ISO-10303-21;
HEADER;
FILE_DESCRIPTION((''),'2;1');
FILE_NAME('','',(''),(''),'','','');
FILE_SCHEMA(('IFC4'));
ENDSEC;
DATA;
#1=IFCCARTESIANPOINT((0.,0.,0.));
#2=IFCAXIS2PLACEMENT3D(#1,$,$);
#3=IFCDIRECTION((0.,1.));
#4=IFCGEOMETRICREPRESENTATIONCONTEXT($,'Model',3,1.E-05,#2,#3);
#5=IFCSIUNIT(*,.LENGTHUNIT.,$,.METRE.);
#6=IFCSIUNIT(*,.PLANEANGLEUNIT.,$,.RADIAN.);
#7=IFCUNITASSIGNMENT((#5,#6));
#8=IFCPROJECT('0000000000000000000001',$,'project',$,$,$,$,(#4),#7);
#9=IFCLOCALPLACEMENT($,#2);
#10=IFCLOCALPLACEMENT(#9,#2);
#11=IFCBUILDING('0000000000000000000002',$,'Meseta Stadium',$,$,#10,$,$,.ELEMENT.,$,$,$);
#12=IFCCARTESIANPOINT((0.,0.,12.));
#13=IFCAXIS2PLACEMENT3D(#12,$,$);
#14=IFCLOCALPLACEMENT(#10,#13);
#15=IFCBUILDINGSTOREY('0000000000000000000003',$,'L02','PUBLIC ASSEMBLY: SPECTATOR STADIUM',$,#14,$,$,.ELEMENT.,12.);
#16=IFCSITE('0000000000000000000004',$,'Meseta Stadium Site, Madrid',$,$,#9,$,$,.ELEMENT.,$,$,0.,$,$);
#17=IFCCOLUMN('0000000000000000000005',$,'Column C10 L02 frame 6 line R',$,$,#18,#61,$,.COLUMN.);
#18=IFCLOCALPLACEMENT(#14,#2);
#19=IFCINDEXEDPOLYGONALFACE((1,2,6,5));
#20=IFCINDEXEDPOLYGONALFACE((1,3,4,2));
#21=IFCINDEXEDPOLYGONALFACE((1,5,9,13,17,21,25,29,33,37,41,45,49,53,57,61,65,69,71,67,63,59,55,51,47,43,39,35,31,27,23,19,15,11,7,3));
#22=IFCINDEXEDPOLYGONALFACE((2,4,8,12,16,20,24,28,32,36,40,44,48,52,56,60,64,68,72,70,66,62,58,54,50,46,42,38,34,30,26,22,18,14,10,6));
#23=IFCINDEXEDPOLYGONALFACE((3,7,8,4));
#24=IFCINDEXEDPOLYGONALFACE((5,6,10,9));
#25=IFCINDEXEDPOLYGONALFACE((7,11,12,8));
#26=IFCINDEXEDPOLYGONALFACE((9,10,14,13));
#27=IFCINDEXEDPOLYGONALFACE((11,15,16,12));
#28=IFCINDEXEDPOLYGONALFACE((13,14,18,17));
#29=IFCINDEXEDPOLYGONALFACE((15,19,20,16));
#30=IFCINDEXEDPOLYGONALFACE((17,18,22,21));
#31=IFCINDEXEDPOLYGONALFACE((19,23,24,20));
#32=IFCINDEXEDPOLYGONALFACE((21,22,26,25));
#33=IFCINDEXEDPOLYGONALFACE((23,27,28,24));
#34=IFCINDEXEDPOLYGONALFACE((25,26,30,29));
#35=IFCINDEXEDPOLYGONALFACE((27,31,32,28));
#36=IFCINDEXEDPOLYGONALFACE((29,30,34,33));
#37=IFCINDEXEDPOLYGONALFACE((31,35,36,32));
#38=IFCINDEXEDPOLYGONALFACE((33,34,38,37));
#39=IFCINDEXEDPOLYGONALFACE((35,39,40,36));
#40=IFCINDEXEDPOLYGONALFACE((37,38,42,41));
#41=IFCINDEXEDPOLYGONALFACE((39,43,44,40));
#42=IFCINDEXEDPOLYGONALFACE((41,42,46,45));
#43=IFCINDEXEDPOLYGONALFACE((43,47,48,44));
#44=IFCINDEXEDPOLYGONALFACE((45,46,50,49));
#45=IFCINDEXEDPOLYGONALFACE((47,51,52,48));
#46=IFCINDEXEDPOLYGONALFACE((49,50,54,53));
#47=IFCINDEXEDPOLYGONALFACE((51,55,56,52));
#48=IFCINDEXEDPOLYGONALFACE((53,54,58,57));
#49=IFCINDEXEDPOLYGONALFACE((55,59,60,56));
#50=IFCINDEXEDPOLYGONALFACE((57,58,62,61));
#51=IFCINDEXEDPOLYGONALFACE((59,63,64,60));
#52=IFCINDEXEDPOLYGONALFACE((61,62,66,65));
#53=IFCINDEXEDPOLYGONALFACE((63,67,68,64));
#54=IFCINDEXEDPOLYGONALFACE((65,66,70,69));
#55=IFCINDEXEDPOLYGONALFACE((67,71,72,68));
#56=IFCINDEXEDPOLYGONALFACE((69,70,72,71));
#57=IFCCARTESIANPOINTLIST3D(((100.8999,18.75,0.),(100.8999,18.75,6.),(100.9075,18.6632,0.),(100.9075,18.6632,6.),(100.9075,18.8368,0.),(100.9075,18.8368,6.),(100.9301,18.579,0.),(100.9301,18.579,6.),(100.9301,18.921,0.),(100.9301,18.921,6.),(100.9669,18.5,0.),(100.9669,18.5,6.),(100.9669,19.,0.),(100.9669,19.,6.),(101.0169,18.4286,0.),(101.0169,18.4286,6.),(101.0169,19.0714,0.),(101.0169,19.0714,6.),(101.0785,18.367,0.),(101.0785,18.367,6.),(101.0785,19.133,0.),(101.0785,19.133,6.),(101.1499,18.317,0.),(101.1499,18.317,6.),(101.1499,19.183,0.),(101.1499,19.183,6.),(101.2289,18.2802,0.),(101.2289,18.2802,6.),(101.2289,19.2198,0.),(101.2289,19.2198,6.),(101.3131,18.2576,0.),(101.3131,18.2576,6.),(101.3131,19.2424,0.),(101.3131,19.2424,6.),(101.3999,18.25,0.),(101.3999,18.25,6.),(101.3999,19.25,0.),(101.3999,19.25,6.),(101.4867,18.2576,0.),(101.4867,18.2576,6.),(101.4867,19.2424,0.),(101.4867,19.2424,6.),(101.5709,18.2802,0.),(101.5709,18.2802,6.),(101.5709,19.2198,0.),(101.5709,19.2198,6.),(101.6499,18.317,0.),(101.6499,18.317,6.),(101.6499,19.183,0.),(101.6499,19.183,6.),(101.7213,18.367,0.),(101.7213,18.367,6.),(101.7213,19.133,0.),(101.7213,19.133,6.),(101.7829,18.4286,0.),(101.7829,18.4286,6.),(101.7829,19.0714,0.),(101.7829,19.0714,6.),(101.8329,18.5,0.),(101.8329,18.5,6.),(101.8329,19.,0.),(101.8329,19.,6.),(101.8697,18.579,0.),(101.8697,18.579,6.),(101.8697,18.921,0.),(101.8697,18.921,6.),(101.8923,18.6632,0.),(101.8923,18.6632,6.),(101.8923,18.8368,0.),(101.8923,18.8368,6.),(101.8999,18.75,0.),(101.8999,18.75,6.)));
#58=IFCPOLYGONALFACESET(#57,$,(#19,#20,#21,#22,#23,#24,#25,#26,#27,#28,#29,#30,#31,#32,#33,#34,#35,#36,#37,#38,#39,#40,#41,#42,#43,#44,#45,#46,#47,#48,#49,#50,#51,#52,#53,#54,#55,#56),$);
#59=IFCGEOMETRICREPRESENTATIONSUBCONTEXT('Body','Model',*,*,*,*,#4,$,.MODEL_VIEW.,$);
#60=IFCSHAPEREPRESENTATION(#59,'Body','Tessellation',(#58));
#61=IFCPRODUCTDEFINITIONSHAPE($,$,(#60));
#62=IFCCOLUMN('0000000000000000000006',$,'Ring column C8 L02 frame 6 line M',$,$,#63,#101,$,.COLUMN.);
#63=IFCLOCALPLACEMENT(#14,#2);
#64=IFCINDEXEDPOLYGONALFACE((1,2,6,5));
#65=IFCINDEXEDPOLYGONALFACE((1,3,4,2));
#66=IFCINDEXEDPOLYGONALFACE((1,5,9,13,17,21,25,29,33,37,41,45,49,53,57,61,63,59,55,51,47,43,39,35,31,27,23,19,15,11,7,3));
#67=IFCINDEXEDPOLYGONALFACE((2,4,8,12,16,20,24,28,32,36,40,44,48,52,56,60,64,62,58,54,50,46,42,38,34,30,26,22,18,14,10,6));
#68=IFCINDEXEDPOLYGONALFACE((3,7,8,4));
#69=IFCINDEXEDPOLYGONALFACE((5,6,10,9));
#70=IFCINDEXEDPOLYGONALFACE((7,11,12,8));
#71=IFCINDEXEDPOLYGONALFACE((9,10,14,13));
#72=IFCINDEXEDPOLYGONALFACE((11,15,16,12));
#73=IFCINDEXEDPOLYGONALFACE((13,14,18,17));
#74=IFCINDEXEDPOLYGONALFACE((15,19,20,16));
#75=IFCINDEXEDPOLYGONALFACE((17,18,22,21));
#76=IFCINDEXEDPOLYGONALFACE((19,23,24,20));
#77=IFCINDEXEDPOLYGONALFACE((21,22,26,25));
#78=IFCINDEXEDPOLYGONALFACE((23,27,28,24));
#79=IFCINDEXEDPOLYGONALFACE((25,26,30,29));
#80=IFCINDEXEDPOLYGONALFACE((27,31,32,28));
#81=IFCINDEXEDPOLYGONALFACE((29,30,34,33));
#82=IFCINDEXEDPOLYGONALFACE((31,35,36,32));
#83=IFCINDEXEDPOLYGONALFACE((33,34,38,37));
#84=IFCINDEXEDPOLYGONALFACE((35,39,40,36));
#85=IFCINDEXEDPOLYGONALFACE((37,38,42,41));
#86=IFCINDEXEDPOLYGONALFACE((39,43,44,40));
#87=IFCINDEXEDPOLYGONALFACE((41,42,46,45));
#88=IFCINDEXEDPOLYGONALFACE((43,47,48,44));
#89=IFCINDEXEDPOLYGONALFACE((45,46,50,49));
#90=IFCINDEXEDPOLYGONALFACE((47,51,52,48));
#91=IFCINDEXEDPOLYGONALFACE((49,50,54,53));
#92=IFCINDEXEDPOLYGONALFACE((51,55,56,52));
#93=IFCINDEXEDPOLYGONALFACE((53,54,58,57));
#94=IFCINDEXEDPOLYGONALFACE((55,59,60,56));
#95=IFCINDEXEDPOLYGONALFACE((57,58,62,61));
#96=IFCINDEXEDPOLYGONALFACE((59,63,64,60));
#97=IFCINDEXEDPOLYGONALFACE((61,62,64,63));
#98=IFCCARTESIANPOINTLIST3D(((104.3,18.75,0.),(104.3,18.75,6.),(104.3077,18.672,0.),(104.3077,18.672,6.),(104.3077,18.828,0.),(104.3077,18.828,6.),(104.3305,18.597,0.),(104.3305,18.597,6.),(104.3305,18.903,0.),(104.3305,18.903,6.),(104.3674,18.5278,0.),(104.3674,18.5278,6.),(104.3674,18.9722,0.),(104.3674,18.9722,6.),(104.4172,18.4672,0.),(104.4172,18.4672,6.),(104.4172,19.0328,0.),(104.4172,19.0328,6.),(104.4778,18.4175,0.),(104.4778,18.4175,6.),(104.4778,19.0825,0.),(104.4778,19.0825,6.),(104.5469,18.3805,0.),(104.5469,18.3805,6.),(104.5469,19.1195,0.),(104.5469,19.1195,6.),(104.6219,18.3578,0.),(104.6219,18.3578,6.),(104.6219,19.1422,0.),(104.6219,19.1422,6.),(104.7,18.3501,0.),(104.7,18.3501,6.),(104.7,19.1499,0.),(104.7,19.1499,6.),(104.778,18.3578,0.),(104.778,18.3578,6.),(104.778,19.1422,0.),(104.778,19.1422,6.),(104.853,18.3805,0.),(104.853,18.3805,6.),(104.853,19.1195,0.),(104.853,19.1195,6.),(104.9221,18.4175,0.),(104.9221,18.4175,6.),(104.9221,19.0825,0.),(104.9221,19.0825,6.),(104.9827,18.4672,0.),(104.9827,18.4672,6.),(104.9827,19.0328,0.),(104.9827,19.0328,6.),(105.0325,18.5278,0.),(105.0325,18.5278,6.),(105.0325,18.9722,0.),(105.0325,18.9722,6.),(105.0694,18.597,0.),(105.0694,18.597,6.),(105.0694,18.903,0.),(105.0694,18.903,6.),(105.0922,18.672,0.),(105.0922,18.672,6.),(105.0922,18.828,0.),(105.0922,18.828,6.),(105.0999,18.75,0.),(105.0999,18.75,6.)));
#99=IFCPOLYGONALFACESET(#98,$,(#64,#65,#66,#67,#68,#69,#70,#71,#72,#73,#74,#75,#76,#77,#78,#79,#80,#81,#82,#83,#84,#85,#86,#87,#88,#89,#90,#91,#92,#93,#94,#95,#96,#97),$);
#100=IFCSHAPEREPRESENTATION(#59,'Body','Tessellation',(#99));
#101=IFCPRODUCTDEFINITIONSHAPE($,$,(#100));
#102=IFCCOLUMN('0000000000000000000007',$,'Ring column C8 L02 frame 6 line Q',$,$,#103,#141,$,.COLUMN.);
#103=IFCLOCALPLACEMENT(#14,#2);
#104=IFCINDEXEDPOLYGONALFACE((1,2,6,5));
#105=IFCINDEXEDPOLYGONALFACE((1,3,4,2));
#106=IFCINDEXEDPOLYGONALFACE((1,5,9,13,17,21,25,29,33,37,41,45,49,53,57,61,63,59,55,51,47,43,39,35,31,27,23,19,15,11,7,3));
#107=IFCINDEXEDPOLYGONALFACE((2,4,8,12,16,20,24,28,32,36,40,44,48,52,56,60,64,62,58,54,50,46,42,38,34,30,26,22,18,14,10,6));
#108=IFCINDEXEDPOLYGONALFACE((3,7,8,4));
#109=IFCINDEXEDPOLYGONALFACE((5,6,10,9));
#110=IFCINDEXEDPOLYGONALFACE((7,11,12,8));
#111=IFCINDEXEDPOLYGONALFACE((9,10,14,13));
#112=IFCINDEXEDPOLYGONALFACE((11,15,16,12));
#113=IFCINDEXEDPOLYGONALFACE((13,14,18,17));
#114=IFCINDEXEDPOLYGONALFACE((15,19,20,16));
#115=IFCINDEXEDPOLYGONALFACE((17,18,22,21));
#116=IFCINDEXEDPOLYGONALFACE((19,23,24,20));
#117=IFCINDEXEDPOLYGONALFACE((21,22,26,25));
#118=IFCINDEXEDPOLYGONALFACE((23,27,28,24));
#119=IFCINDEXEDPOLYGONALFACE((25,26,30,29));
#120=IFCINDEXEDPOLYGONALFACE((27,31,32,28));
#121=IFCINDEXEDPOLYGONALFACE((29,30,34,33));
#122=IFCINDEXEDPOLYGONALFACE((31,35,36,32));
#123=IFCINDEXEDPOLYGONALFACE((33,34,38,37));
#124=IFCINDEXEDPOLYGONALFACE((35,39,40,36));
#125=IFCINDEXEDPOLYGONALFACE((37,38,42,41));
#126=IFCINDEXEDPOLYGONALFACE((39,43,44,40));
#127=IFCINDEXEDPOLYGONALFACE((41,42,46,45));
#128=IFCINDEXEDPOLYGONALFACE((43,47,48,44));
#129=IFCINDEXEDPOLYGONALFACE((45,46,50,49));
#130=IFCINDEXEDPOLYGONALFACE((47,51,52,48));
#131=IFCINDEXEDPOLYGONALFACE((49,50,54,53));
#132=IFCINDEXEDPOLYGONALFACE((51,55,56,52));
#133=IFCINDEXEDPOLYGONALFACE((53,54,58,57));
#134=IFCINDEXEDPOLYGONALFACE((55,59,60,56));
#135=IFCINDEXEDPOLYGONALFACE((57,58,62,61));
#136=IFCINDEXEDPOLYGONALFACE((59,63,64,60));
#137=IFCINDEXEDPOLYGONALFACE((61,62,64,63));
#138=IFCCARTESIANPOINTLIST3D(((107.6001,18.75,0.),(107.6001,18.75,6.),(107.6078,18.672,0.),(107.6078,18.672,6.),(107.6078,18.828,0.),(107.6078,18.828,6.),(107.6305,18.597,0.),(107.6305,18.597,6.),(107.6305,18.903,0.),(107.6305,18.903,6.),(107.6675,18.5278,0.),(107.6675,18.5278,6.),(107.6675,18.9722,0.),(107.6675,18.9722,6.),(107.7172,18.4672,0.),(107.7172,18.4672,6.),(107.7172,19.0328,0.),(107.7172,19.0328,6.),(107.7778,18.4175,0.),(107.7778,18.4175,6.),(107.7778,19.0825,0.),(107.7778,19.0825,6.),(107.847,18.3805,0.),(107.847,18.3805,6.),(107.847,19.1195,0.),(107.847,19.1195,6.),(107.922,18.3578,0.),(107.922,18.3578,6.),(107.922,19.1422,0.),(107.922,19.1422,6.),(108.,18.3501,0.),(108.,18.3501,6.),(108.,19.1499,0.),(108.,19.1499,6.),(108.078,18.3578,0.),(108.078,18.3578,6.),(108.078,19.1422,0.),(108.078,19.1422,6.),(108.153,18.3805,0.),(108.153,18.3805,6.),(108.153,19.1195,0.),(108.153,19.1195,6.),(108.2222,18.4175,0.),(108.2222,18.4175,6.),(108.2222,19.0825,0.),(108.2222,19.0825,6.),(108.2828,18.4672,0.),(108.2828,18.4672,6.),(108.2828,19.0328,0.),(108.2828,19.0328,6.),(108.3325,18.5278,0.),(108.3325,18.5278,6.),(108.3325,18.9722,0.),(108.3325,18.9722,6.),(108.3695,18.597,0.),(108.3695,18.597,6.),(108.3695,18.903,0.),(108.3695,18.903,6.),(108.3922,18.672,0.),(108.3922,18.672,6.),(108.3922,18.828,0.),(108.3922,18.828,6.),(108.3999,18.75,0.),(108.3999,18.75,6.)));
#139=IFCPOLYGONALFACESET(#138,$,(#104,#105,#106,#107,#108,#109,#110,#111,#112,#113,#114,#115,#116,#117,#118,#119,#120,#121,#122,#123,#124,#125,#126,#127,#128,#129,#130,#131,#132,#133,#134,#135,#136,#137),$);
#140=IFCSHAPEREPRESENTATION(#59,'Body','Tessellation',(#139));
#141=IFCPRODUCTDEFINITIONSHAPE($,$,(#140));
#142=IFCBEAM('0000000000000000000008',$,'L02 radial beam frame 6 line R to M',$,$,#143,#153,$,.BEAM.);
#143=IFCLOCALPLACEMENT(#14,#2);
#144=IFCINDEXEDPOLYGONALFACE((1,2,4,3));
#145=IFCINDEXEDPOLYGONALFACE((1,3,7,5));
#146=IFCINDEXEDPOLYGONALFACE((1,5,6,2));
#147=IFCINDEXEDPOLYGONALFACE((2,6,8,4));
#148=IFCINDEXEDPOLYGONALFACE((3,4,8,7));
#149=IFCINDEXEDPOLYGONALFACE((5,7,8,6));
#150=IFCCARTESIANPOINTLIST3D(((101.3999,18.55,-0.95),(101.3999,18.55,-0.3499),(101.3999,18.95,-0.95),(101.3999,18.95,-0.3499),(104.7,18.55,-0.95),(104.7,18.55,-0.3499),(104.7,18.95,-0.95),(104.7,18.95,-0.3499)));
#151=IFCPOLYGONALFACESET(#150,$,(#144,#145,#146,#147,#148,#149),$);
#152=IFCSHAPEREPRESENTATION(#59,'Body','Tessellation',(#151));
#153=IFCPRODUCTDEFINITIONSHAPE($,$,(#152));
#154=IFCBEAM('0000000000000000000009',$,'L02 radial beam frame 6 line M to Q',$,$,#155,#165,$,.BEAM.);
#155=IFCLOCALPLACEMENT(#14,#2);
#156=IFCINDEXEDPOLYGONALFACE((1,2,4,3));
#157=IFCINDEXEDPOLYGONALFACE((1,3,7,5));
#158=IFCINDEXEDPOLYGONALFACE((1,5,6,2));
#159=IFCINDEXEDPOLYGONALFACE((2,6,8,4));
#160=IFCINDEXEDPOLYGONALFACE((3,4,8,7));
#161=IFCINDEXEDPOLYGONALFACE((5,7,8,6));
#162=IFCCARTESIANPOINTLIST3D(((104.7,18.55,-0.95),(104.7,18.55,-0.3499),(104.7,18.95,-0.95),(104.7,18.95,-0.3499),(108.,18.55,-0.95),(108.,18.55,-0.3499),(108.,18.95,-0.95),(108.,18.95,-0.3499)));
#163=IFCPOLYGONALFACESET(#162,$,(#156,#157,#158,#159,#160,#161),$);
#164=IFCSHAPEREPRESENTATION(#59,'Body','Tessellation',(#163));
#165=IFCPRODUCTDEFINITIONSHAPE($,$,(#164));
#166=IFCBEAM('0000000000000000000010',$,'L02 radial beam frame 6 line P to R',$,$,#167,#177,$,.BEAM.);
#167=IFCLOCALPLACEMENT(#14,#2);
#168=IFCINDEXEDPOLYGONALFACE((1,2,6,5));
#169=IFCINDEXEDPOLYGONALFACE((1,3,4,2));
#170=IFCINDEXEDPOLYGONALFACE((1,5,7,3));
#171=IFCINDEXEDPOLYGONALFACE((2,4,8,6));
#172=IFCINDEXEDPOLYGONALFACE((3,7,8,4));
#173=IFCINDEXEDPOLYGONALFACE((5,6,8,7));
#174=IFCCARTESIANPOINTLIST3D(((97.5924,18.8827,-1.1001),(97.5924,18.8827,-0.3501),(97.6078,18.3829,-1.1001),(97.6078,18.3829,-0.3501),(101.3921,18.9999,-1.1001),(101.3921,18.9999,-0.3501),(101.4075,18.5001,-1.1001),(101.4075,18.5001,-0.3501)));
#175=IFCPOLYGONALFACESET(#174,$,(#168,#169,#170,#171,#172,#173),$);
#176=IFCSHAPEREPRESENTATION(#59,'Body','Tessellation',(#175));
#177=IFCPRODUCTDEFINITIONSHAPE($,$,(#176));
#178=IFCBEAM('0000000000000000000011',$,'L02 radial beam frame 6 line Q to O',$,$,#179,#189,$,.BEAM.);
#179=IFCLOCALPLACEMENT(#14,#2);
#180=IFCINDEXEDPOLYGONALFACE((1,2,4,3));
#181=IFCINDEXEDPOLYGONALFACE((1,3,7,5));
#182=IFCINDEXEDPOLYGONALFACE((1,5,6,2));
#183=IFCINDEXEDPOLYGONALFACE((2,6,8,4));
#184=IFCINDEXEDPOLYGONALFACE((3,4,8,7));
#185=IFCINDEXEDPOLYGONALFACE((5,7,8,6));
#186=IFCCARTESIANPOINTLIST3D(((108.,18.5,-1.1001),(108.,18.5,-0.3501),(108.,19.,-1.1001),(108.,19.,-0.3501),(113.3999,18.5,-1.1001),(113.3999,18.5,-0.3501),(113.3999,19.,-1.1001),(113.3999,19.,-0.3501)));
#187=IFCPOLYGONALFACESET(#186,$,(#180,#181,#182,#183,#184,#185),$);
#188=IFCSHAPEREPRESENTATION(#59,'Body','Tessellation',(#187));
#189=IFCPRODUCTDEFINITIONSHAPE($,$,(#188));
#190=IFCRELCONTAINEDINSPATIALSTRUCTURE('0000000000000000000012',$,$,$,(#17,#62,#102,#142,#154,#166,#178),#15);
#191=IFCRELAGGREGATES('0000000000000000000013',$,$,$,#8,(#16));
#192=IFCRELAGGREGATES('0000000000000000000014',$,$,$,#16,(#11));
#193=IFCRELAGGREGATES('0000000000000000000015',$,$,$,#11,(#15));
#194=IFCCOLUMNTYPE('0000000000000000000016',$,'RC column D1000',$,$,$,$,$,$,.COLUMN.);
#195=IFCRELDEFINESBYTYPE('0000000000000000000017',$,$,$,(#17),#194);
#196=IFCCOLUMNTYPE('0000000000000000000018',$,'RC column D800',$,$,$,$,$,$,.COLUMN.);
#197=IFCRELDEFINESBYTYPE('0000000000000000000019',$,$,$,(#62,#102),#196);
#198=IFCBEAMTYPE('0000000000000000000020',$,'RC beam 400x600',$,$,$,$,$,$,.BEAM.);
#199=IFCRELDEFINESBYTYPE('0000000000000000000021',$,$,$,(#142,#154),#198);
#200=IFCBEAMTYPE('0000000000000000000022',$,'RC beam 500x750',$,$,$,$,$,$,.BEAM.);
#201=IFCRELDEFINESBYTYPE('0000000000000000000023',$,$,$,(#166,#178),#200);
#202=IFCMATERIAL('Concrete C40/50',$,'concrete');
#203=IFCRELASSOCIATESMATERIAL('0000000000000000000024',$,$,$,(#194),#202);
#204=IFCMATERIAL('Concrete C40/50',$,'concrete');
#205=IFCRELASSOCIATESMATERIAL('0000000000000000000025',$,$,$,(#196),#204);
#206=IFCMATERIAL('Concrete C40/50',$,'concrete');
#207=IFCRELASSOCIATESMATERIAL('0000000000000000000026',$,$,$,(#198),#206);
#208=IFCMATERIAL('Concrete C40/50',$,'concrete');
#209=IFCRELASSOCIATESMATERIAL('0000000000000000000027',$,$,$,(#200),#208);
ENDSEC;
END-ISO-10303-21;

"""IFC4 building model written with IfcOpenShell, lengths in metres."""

from ifc_helpers import new_model, si_unit, direction, frame, origin, origin_2d, place, context, subcontext, project, spatial, rectangle, circle, extrude, material, material_profile, profile_set, type_object, element, save


model = new_model("IFC4")

# Units and contexts
model_context = context("Model", 3, precision=1e-05, world=origin(), true_north=direction((0.0, 1.0)))
body_context = subcontext(model_context, "Body", "Model", "MODEL_VIEW")
ifc_project = project(units=[si_unit("LENGTHUNIT", "METRE"), si_unit("PLANEANGLEUNIT", "RADIAN")], contexts=[model_context])

# Site, building, storey
site_placement = place(None, origin())
site = spatial("IfcSite", under=ifc_project, at=site_placement, Name="Meseta Stadium Site, Madrid", CompositionType="ELEMENT", RefElevation=0.0)
building_placement = place(site_placement, origin())
building = spatial("IfcBuilding", under=site, at=building_placement, Name="Meseta Stadium", CompositionType="ELEMENT")
storey_placement = place(building_placement, frame((0.0, 0.0, 12.0)))
storey = spatial("IfcBuildingStorey", under=building, at=storey_placement, Name="L02", Description="PUBLIC ASSEMBLY: SPECTATOR STADIUM", CompositionType="ELEMENT", Elevation=12.0)

# Columns
ifc_material_1 = material(Name="Concrete C40/50", Category="concrete")
ifc_material_profile_1 = material_profile(ifc_material_1, circle(Radius=0.5, at=origin_2d()), Name="RC D1000")
ifc_profile_set_1 = profile_set([ifc_material_profile_1], Name="Concrete C40/50")
column_type_1 = type_object("IfcColumnType", Name="RC column D1000", PredefinedType="COLUMN", material=ifc_profile_set_1)
column_placement = place(storey_placement, frame((101.3999, 18.75, 0.0), z_axis=(0.0, 0.0, 1.0), x_axis=(1.0, 0.0, 0.0)))
element("IfcColumn", 1, at=column_placement, inside=storey, type_object=column_type_1, Name="Column C10 L02 frame 6 line R", PredefinedType="COLUMN", context=body_context, shape_type="SweptSolid", body=[
    extrude(circle(Radius=0.5, at=origin_2d()), origin(), (0.0, 0.0, 1.0), 6.0),
])
ifc_material_2 = material(Name="Concrete C40/50", Category="concrete")
ifc_material_profile_2 = material_profile(ifc_material_2, circle(Radius=0.3999, at=origin_2d()), Name="RC D800")
ifc_profile_set_2 = profile_set([ifc_material_profile_2], Name="Concrete C40/50")
column_type_2 = type_object("IfcColumnType", Name="RC column D800", PredefinedType="COLUMN", material=ifc_profile_set_2)
for number, where, z_axis, x_axis, name in (
    (2, (104.7, 18.75, 0.0), (0.0, 0.0, 1.0), (1.0, 0.0, 0.0), "Ring column C8 L02 frame 6 line M"),
    (3, (108.0, 18.75, 0.0), (0.0, 0.0, 1.0), (1.0, 0.0, 0.0), "Ring column C8 L02 frame 6 line Q"),
):
    element("IfcColumn", number, at=place(storey_placement, frame(where, z_axis=z_axis, x_axis=x_axis)), inside=storey, type_object=column_type_2, Name=name, PredefinedType="COLUMN", context=body_context, shape_type="SweptSolid", body=[
        extrude(circle(Radius=0.3999, at=origin_2d()), origin(), (0.0, 0.0, 1.0), 6.0),
    ])

# Beams
ifc_material_3 = material(Name="Concrete C40/50", Category="concrete")
ifc_material_profile_3 = material_profile(ifc_material_3, rectangle(XDim=0.3999, YDim=0.6001, at=origin_2d()), Name="RC 400x600")
ifc_profile_set_3 = profile_set([ifc_material_profile_3], Name="Concrete C40/50")
beam_type_1 = type_object("IfcBeamType", Name="RC beam 400x600", PredefinedType="BEAM", material=ifc_profile_set_3)
for number, where, z_axis, x_axis, name in (
    (4, (101.3999, 18.75, -0.6499), (1.0, 0.0, 0.0), (0.0, 1.0, 0.0), "L02 radial beam frame 6 line R to M"),
    (5, (104.7, 18.75, -0.6499), (1.0, 0.0, 0.0), (0.0, 1.0, 0.0), "L02 radial beam frame 6 line M to Q"),
):
    element("IfcBeam", number, at=place(storey_placement, frame(where, z_axis=z_axis, x_axis=x_axis)), inside=storey, type_object=beam_type_1, Name=name, PredefinedType="BEAM", context=body_context, shape_type="SweptSolid", body=[
        extrude(rectangle(XDim=0.3999, YDim=0.6001, at=origin_2d()), origin(), (0.0, 0.0, 1.0), 3.3),
    ])
ifc_material_4 = material(Name="Concrete C40/50", Category="concrete")
ifc_material_profile_4 = material_profile(ifc_material_4, rectangle(XDim=0.5, YDim=0.75, at=origin_2d()), Name="RC 500x750")
ifc_profile_set_4 = profile_set([ifc_material_profile_4], Name="Concrete C40/50")
beam_type_2 = type_object("IfcBeamType", Name="RC beam 500x750", PredefinedType="BEAM", material=ifc_profile_set_4)
beam_1_placement = place(storey_placement, frame((97.6001, 18.6328, -0.7251), z_axis=(0.999525, 0.030826, 0.0), x_axis=(-0.030826, 0.999525, 0.0)))
element("IfcBeam", 6, at=beam_1_placement, inside=storey, type_object=beam_type_2, Name="L02 radial beam frame 6 line P to R", PredefinedType="BEAM", context=body_context, shape_type="SweptSolid", body=[
    extrude(rectangle(XDim=0.5, YDim=0.75, at=origin_2d()), origin(), (0.0, 0.0, 1.0), 3.8015),
])
beam_2_placement = place(storey_placement, frame((108.0, 18.75, -0.7251), z_axis=(1.0, 0.0, 0.0), x_axis=(0.0, 1.0, 0.0)))
element("IfcBeam", 7, at=beam_2_placement, inside=storey, type_object=beam_type_2, Name="L02 radial beam frame 6 line Q to O", PredefinedType="BEAM", context=body_context, shape_type="SweptSolid", body=[
    extrude(rectangle(XDim=0.5, YDim=0.75, at=origin_2d()), origin(), (0.0, 0.0, 1.0), 5.3999),
])

save(model, "model.ifc")
